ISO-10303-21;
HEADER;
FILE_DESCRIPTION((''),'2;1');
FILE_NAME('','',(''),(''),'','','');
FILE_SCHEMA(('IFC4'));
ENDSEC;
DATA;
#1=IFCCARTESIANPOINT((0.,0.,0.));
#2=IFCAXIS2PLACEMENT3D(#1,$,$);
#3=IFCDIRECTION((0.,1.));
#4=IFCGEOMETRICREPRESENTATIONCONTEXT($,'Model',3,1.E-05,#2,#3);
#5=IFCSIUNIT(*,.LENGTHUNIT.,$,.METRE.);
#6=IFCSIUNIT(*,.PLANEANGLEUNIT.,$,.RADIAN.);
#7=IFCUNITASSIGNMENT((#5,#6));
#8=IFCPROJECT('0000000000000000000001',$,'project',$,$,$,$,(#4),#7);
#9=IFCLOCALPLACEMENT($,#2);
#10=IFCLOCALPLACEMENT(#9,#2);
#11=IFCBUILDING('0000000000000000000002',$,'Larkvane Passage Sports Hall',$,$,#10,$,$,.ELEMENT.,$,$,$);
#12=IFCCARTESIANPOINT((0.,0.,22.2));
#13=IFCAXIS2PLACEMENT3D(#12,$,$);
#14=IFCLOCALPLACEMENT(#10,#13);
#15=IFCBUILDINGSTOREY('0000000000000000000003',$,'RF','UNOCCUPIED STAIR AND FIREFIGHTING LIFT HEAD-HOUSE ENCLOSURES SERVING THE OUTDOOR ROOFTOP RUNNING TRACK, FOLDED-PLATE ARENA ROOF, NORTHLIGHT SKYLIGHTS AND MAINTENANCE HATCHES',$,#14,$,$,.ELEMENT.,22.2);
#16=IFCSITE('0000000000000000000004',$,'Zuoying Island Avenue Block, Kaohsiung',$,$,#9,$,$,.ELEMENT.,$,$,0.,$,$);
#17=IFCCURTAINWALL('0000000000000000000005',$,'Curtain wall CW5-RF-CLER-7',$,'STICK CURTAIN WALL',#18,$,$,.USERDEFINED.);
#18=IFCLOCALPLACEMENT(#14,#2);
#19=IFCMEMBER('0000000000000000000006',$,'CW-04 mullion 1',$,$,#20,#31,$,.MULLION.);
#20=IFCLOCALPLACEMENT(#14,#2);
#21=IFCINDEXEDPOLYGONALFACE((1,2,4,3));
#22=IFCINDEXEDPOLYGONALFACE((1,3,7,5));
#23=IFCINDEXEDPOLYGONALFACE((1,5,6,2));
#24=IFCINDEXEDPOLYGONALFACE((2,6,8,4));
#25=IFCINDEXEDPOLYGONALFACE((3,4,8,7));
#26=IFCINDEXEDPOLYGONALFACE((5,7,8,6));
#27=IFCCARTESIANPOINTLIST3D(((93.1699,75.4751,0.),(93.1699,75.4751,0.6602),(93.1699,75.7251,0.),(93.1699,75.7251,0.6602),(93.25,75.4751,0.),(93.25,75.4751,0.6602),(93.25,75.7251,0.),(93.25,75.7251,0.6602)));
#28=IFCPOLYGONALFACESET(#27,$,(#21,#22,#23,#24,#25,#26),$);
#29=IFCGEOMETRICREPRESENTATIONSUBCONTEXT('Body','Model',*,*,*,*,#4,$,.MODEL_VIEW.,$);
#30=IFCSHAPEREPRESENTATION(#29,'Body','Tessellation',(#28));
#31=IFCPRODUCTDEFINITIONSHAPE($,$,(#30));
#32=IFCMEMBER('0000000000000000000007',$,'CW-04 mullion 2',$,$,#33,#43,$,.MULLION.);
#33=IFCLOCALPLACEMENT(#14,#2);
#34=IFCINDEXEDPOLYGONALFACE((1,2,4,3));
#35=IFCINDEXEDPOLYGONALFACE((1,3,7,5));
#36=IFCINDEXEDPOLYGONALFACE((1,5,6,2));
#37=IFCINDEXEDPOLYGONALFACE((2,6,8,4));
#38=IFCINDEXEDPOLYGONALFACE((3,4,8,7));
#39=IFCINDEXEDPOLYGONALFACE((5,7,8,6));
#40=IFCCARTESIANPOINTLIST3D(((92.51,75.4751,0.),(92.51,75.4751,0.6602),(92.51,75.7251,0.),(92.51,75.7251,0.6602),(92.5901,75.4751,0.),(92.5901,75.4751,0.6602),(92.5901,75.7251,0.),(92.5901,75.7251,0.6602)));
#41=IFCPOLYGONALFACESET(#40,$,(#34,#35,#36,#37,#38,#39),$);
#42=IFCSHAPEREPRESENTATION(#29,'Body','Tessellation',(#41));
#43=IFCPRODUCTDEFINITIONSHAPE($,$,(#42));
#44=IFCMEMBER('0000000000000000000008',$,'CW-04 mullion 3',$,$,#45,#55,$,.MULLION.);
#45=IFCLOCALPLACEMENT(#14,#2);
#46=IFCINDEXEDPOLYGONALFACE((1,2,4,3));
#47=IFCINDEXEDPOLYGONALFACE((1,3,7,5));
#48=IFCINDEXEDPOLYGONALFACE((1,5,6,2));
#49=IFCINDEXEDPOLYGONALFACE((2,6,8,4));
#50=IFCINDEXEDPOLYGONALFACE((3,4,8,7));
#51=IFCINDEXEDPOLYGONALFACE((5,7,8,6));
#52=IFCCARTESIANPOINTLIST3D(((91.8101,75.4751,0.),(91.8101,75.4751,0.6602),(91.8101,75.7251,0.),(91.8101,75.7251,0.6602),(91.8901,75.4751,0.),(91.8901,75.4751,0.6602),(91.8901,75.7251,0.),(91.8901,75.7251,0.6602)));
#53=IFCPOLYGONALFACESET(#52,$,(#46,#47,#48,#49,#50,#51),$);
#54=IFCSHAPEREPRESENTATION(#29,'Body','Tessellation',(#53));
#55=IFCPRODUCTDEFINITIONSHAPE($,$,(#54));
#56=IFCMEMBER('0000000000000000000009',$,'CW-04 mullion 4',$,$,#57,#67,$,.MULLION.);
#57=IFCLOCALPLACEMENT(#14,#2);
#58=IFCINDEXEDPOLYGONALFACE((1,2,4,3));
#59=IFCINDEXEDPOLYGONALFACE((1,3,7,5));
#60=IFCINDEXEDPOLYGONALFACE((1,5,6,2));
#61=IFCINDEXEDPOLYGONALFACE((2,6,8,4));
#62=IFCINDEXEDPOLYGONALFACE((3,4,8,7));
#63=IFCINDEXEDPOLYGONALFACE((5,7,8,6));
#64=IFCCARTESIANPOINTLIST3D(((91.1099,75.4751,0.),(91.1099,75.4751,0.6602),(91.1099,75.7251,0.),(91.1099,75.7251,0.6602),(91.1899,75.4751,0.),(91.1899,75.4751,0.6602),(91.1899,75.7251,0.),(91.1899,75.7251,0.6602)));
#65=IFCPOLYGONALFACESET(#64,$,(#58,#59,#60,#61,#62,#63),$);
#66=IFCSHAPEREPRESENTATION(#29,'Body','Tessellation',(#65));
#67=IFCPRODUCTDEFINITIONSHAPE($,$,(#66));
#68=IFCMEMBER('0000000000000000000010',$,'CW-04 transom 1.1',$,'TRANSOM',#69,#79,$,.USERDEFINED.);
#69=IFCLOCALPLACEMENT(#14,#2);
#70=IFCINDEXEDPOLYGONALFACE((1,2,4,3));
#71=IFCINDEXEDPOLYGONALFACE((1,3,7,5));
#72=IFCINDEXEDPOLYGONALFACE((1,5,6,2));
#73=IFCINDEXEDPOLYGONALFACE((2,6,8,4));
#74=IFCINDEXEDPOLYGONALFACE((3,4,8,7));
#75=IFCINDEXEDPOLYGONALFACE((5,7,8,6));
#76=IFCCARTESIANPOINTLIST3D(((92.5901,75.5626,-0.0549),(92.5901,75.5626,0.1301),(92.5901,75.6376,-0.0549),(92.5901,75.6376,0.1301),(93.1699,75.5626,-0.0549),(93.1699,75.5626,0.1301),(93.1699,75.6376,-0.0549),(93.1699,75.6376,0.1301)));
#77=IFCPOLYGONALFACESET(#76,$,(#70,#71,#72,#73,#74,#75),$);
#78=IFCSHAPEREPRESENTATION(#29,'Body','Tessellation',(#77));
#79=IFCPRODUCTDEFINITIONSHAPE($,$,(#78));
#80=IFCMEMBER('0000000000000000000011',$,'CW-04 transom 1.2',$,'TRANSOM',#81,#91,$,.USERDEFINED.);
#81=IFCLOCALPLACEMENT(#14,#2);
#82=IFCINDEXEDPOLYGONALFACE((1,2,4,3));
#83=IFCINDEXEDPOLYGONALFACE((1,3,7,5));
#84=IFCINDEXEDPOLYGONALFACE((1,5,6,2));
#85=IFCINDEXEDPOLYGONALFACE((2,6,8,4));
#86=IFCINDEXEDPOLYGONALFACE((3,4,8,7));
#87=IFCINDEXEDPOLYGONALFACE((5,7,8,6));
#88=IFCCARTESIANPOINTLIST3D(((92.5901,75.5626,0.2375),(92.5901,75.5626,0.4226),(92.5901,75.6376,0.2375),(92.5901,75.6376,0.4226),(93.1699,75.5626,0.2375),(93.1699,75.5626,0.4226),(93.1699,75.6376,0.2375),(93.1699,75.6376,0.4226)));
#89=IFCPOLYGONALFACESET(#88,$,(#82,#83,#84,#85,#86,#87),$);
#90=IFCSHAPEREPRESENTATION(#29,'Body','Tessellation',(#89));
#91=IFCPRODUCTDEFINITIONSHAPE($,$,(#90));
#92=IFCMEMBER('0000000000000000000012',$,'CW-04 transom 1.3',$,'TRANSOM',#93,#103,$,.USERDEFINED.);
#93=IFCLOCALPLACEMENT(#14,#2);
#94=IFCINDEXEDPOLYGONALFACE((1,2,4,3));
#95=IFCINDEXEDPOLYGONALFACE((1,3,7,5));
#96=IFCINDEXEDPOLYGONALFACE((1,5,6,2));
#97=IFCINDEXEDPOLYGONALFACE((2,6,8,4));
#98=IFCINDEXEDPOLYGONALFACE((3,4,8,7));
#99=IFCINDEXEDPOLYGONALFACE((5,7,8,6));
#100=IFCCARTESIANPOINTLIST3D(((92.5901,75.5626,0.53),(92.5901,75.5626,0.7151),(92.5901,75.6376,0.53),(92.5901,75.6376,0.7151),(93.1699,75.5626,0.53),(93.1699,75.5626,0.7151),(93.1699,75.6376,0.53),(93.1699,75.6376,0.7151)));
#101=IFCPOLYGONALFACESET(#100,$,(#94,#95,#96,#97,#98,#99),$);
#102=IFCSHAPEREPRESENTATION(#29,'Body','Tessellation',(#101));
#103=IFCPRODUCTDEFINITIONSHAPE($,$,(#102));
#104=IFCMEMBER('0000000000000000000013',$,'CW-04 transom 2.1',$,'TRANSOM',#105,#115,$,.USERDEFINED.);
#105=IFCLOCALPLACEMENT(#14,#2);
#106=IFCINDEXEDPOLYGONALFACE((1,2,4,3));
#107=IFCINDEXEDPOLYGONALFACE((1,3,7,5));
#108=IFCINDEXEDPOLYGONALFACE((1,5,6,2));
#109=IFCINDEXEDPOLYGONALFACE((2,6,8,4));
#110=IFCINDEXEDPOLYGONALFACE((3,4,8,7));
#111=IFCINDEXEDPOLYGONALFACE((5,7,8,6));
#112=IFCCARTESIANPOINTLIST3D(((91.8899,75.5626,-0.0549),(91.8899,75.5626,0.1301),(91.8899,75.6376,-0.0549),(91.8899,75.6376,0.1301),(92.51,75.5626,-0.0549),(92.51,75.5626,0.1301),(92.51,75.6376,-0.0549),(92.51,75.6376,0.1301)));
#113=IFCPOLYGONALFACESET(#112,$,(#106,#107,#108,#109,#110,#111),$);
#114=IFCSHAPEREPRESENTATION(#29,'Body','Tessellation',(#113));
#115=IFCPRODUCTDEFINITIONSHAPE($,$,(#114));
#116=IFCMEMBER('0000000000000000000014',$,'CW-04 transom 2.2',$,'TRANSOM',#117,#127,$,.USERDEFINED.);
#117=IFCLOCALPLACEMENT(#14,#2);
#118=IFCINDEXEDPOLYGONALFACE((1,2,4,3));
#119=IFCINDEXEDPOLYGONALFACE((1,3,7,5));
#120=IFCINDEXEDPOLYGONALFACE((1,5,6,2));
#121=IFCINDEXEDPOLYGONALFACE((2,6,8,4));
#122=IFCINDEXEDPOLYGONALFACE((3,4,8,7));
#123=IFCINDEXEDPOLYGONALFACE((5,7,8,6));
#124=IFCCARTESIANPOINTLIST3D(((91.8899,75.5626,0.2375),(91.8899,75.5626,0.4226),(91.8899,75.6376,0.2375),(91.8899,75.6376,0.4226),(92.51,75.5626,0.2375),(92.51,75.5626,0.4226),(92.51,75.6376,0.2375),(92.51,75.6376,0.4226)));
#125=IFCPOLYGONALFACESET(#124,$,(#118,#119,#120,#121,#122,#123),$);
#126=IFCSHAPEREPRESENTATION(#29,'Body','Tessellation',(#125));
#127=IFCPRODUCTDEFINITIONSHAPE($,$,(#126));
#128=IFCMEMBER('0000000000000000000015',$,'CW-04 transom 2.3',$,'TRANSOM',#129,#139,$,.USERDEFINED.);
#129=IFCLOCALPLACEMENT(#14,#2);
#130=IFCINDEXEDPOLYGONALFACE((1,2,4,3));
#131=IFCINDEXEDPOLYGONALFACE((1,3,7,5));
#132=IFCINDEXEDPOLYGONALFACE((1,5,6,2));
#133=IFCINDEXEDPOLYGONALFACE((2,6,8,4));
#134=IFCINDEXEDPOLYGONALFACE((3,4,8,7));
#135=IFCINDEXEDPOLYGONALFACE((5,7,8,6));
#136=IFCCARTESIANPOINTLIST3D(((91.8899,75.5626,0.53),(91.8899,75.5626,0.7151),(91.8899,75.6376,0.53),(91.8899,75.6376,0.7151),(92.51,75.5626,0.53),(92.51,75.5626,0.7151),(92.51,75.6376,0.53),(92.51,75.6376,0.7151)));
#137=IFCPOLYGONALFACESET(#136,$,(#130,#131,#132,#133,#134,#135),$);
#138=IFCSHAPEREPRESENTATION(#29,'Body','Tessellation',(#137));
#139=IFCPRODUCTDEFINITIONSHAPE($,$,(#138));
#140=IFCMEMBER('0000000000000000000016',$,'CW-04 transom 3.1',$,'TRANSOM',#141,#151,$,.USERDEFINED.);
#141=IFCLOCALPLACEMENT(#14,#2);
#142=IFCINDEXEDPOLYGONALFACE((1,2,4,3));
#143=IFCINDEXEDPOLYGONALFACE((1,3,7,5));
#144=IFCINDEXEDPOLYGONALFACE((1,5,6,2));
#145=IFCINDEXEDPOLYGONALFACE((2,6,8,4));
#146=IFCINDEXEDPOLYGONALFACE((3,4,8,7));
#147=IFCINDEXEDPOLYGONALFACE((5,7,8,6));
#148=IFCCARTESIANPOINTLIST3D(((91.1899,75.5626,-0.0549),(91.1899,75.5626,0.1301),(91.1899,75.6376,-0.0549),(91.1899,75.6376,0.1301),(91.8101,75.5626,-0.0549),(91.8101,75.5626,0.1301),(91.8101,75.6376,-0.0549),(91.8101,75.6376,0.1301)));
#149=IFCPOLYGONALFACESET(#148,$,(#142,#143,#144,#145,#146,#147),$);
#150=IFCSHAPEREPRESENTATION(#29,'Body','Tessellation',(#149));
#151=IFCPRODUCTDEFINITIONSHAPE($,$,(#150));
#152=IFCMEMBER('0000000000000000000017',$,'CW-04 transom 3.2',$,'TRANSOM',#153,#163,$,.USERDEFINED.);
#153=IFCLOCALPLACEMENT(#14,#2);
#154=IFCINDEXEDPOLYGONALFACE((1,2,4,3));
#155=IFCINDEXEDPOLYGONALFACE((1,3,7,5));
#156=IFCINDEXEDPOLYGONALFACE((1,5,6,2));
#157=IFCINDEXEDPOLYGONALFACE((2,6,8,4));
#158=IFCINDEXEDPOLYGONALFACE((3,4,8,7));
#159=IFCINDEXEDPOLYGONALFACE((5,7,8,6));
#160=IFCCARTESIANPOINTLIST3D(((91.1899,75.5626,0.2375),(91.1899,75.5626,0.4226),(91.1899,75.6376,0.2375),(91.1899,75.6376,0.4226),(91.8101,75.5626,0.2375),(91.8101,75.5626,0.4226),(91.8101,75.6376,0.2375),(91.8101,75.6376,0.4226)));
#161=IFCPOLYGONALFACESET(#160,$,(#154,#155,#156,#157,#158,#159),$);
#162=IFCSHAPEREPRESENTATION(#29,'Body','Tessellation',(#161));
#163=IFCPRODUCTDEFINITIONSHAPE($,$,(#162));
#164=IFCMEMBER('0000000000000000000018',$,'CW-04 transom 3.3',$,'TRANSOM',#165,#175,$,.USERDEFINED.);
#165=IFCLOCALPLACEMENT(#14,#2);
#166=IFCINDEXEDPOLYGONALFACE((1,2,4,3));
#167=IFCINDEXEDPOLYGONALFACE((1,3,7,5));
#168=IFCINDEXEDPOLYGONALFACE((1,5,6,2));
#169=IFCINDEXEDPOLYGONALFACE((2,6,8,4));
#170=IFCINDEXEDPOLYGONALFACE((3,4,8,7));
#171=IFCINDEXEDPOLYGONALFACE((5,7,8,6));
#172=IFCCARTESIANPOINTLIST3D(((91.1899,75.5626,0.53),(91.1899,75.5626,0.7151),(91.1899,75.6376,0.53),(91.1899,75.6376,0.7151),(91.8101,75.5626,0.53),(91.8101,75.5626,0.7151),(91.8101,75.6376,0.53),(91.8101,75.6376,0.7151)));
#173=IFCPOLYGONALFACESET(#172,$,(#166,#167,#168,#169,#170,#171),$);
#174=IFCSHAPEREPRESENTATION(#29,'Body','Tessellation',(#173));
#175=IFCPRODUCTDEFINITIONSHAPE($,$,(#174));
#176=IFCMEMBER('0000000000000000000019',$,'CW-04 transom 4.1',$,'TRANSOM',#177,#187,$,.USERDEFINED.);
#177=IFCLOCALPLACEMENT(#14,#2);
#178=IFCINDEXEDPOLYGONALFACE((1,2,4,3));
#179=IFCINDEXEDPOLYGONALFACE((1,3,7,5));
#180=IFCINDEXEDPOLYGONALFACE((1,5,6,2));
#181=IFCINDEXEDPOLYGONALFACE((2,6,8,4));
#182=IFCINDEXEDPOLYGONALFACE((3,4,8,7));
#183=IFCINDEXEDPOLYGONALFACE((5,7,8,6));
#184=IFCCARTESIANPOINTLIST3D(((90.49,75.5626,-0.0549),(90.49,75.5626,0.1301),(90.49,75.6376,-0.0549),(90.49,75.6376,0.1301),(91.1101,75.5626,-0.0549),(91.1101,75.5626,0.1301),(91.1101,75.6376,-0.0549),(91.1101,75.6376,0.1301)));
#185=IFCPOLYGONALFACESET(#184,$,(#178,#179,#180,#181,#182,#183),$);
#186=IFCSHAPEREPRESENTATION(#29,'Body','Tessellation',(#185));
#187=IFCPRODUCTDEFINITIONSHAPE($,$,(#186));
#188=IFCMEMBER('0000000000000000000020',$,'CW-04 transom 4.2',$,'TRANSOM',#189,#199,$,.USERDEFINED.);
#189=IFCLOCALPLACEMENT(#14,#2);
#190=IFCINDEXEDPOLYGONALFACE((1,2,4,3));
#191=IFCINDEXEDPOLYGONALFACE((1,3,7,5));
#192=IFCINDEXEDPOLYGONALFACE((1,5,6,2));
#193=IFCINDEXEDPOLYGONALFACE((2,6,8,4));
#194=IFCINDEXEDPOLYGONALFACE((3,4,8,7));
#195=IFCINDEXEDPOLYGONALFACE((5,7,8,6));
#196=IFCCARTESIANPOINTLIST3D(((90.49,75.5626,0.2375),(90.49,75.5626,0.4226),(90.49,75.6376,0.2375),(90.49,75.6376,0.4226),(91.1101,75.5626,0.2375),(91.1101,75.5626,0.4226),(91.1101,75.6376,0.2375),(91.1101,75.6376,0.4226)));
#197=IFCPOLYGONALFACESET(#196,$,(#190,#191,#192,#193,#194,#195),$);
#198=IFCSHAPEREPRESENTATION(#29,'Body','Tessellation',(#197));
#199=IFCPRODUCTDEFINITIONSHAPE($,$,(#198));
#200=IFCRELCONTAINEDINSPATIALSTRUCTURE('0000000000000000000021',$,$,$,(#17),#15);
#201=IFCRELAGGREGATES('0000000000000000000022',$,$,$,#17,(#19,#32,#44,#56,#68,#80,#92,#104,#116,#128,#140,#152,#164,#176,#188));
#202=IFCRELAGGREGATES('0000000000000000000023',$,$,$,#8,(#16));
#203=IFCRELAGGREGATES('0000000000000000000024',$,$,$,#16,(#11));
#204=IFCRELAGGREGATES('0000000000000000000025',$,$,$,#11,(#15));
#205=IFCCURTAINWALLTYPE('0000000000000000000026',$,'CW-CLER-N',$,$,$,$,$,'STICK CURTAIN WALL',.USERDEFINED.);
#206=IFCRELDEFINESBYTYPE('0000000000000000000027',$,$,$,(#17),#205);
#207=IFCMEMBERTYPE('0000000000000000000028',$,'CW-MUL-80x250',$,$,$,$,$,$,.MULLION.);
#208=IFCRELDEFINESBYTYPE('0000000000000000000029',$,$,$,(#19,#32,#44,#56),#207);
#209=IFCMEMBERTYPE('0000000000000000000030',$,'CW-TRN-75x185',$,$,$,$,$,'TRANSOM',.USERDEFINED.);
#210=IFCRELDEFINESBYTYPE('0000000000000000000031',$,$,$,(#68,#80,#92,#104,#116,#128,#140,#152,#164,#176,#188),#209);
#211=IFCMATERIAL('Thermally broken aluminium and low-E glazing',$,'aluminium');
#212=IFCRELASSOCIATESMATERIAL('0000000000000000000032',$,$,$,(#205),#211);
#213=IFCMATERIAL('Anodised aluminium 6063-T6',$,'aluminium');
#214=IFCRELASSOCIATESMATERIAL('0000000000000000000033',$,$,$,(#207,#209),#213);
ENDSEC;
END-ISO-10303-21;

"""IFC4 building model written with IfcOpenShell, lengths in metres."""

from ifc_helpers import new_model, si_unit, direction, frame, origin, origin_2d, place, context, subcontext, project, spatial, rectangle, extrude, material, material_profile, profile_set, type_object, element, aggregate, save


model = new_model("IFC4")

# Units and contexts
model_context = context("Model", 3, precision=1e-05, world=origin(), true_north=direction((0.0, 1.0)))
body_context = subcontext(model_context, "Body", "Model", "MODEL_VIEW")
ifc_project = project(units=[si_unit("LENGTHUNIT", "METRE"), si_unit("PLANEANGLEUNIT", "RADIAN")], contexts=[model_context])

# Site, building, storey
site_placement = place(None, origin())
site = spatial("IfcSite", under=ifc_project, at=site_placement, Name="Zuoying Island Avenue Block, Kaohsiung", CompositionType="ELEMENT", RefElevation=0.0)
building_placement = place(site_placement, origin())
building = spatial("IfcBuilding", under=site, at=building_placement, Name="Larkvane Passage Sports Hall", CompositionType="ELEMENT")
storey_placement = place(building_placement, frame((0.0, 0.0, 22.2)))
storey = spatial("IfcBuildingStorey", under=building, at=storey_placement, Name="RF", Description="UNOCCUPIED STAIR AND FIREFIGHTING LIFT HEAD-HOUSE ENCLOSURES SERVING THE OUTDOOR ROOFTOP RUNNING TRACK, FOLDED-PLATE ARENA ROOF, NORTHLIGHT SKYLIGHTS AND MAINTENANCE HATCHES", CompositionType="ELEMENT", Elevation=22.2)

# Curtain wall, members
ifc_material_1 = material(Name="Thermally broken aluminium and low-E glazing", Category="aluminium")
curtain_wall_type = type_object("IfcCurtainWallType", Name="CW-CLER-N", ElementType="STICK CURTAIN WALL", PredefinedType="USERDEFINED", material=ifc_material_1)
curtain_wall_placement = place(storey_placement, origin())
curtain_wall = element("IfcCurtainWall", 1, at=curtain_wall_placement, inside=storey, type_object=curtain_wall_type, Name="Curtain wall CW5-RF-CLER-7", ObjectType="STICK CURTAIN WALL", PredefinedType="USERDEFINED")
ifc_material_2 = material(Name="Anodised aluminium 6063-T6", Category="aluminium")
ifc_material_profile_1 = material_profile(ifc_material_2, rectangle(XDim=0.0801, YDim=0.25, at=origin_2d()), Name="ALU-MUL-80x250")
ifc_profile_set_1 = profile_set([ifc_material_profile_1], Name="Anodised aluminium 6063-T6")
member_type_1 = type_object("IfcMemberType", Name="CW-MUL-80x250", PredefinedType="MULLION", material=ifc_profile_set_1)
member_1_placement = place(storey_placement, frame((93.21, 75.6001, 0.0), z_axis=(0.0, 0.0, 1.0), x_axis=(-1.0, 0.0, 0.0)))
member_1 = element("IfcMember", 2, at=member_1_placement, type_object=member_type_1, Name="CW-04 mullion 1", PredefinedType="MULLION", context=body_context, shape_type="SweptSolid", body=[
    extrude(rectangle(XDim=0.0801, YDim=0.25, at=origin_2d()), origin(), (0.0, 0.0, 1.0), 0.6602),
])
member_2_placement = place(storey_placement, frame((92.55, 75.6001, 0.0), z_axis=(0.0, 0.0, 1.0), x_axis=(-1.0, 0.0, 0.0)))
member_2 = element("IfcMember", 3, at=member_2_placement, type_object=member_type_1, Name="CW-04 mullion 2", PredefinedType="MULLION", context=body_context, shape_type="SweptSolid", body=[
    extrude(rectangle(XDim=0.0801, YDim=0.25, at=origin_2d()), origin(), (0.0, 0.0, 1.0), 0.6602),
])
member_3_placement = place(storey_placement, frame((91.8501, 75.6001, 0.0), z_axis=(0.0, 0.0, 1.0), x_axis=(-1.0, 0.0, 0.0)))
member_3 = element("IfcMember", 4, at=member_3_placement, type_object=member_type_1, Name="CW-04 mullion 3", PredefinedType="MULLION", context=body_context, shape_type="SweptSolid", body=[
    extrude(rectangle(XDim=0.0801, YDim=0.25, at=origin_2d()), origin(), (0.0, 0.0, 1.0), 0.6602),
])
member_4_placement = place(storey_placement, frame((91.1499, 75.6001, 0.0), z_axis=(0.0, 0.0, 1.0), x_axis=(-1.0, 0.0, 0.0)))
member_4 = element("IfcMember", 5, at=member_4_placement, type_object=member_type_1, Name="CW-04 mullion 4", PredefinedType="MULLION", context=body_context, shape_type="SweptSolid", body=[
    extrude(rectangle(XDim=0.0801, YDim=0.25, at=origin_2d()), origin(), (0.0, 0.0, 1.0), 0.6602),
])
ifc_material_profile_2 = material_profile(ifc_material_2, rectangle(XDim=0.075, YDim=0.1851, at=origin_2d()), Name="ALU-TRN-75x185")
ifc_profile_set_2 = profile_set([ifc_material_profile_2], Name="Anodised aluminium 6063-T6")
member_type_2 = type_object("IfcMemberType", Name="CW-TRN-75x185", ElementType="TRANSOM", PredefinedType="USERDEFINED", material=ifc_profile_set_2)
member_5_placement = place(storey_placement, frame((93.1699, 75.6001, 0.0376), z_axis=(-1.0, 0.0, 0.0), x_axis=(0.0, -1.0, 0.0)))
member_5 = element("IfcMember", 6, at=member_5_placement, type_object=member_type_2, Name="CW-04 transom 1.1", ObjectType="TRANSOM", PredefinedType="USERDEFINED", context=body_context, shape_type="SweptSolid", body=[
    extrude(rectangle(XDim=0.075, YDim=0.1851, at=origin_2d()), origin(), (0.0, 0.0, 1.0), 0.5798),
])
member_6_placement = place(storey_placement, frame((93.1699, 75.6001, 0.3301), z_axis=(-1.0, 0.0, 0.0), x_axis=(0.0, -1.0, 0.0)))
member_6 = element("IfcMember", 7, at=member_6_placement, type_object=member_type_2, Name="CW-04 transom 1.2", ObjectType="TRANSOM", PredefinedType="USERDEFINED", context=body_context, shape_type="SweptSolid", body=[
    extrude(rectangle(XDim=0.075, YDim=0.1851, at=origin_2d()), origin(), (0.0, 0.0, 1.0), 0.5798),
])
member_7_placement = place(storey_placement, frame((93.1699, 75.6001, 0.6226), z_axis=(-1.0, 0.0, 0.0), x_axis=(0.0, -1.0, 0.0)))
member_7 = element("IfcMember", 8, at=member_7_placement, type_object=member_type_2, Name="CW-04 transom 1.3", ObjectType="TRANSOM", PredefinedType="USERDEFINED", context=body_context, shape_type="SweptSolid", body=[
    extrude(rectangle(XDim=0.075, YDim=0.1851, at=origin_2d()), origin(), (0.0, 0.0, 1.0), 0.5798),
])
member_8_placement = place(storey_placement, frame((92.51, 75.6001, 0.0376), z_axis=(-1.0, 0.0, 0.0), x_axis=(0.0, -1.0, 0.0)))
member_8 = element("IfcMember", 9, at=member_8_placement, type_object=member_type_2, Name="CW-04 transom 2.1", ObjectType="TRANSOM", PredefinedType="USERDEFINED", context=body_context, shape_type="SweptSolid", body=[
    extrude(rectangle(XDim=0.075, YDim=0.1851, at=origin_2d()), origin(), (0.0, 0.0, 1.0), 0.6201),
])
member_9_placement = place(storey_placement, frame((92.51, 75.6001, 0.3301), z_axis=(-1.0, 0.0, 0.0), x_axis=(0.0, -1.0, 0.0)))
member_9 = element("IfcMember", 10, at=member_9_placement, type_object=member_type_2, Name="CW-04 transom 2.2", ObjectType="TRANSOM", PredefinedType="USERDEFINED", context=body_context, shape_type="SweptSolid", body=[
    extrude(rectangle(XDim=0.075, YDim=0.1851, at=origin_2d()), origin(), (0.0, 0.0, 1.0), 0.6201),
])
member_10_placement = place(storey_placement, frame((92.51, 75.6001, 0.6226), z_axis=(-1.0, 0.0, 0.0), x_axis=(0.0, -1.0, 0.0)))
member_10 = element("IfcMember", 11, at=member_10_placement, type_object=member_type_2, Name="CW-04 transom 2.3", ObjectType="TRANSOM", PredefinedType="USERDEFINED", context=body_context, shape_type="SweptSolid", body=[
    extrude(rectangle(XDim=0.075, YDim=0.1851, at=origin_2d()), origin(), (0.0, 0.0, 1.0), 0.6201),
])
member_11_placement = place(storey_placement, frame((91.8101, 75.6001, 0.0376), z_axis=(-1.0, 0.0, 0.0), x_axis=(0.0, -1.0, 0.0)))
member_11 = element("IfcMember", 12, at=member_11_placement, type_object=member_type_2, Name="CW-04 transom 3.1", ObjectType="TRANSOM", PredefinedType="USERDEFINED", context=body_context, shape_type="SweptSolid", body=[
    extrude(rectangle(XDim=0.075, YDim=0.1851, at=origin_2d()), origin(), (0.0, 0.0, 1.0), 0.6201),
])
member_12_placement = place(storey_placement, frame((91.8101, 75.6001, 0.3301), z_axis=(-1.0, 0.0, 0.0), x_axis=(0.0, -1.0, 0.0)))
member_12 = element("IfcMember", 13, at=member_12_placement, type_object=member_type_2, Name="CW-04 transom 3.2", ObjectType="TRANSOM", PredefinedType="USERDEFINED", context=body_context, shape_type="SweptSolid", body=[
    extrude(rectangle(XDim=0.075, YDim=0.1851, at=origin_2d()), origin(), (0.0, 0.0, 1.0), 0.6201),
])
member_13_placement = place(storey_placement, frame((91.8101, 75.6001, 0.6226), z_axis=(-1.0, 0.0, 0.0), x_axis=(0.0, -1.0, 0.0)))
member_13 = element("IfcMember", 14, at=member_13_placement, type_object=member_type_2, Name="CW-04 transom 3.3", ObjectType="TRANSOM", PredefinedType="USERDEFINED", context=body_context, shape_type="SweptSolid", body=[
    extrude(rectangle(XDim=0.075, YDim=0.1851, at=origin_2d()), origin(), (0.0, 0.0, 1.0), 0.6201),
])
member_14_placement = place(storey_placement, frame((91.1101, 75.6001, 0.0376), z_axis=(-1.0, 0.0, 0.0), x_axis=(0.0, -1.0, 0.0)))
member_14 = element("IfcMember", 15, at=member_14_placement, type_object=member_type_2, Name="CW-04 transom 4.1", ObjectType="TRANSOM", PredefinedType="USERDEFINED", context=body_context, shape_type="SweptSolid", body=[
    extrude(rectangle(XDim=0.075, YDim=0.1851, at=origin_2d()), origin(), (0.0, 0.0, 1.0), 0.6201),
])
member_15_placement = place(storey_placement, frame((91.1101, 75.6001, 0.3301), z_axis=(-1.0, 0.0, 0.0), x_axis=(0.0, -1.0, 0.0)))
member_15 = element("IfcMember", 16, at=member_15_placement, type_object=member_type_2, Name="CW-04 transom 4.2", ObjectType="TRANSOM", PredefinedType="USERDEFINED", context=body_context, shape_type="SweptSolid", body=[
    extrude(rectangle(XDim=0.075, YDim=0.1851, at=origin_2d()), origin(), (0.0, 0.0, 1.0), 0.6201),
])
aggregate(curtain_wall, [member_1, member_2, member_3, member_4, member_5, member_6, member_7, member_8, member_9, member_10, member_11, member_12, member_13, member_14, member_15])

save(model, "model.ifc")
